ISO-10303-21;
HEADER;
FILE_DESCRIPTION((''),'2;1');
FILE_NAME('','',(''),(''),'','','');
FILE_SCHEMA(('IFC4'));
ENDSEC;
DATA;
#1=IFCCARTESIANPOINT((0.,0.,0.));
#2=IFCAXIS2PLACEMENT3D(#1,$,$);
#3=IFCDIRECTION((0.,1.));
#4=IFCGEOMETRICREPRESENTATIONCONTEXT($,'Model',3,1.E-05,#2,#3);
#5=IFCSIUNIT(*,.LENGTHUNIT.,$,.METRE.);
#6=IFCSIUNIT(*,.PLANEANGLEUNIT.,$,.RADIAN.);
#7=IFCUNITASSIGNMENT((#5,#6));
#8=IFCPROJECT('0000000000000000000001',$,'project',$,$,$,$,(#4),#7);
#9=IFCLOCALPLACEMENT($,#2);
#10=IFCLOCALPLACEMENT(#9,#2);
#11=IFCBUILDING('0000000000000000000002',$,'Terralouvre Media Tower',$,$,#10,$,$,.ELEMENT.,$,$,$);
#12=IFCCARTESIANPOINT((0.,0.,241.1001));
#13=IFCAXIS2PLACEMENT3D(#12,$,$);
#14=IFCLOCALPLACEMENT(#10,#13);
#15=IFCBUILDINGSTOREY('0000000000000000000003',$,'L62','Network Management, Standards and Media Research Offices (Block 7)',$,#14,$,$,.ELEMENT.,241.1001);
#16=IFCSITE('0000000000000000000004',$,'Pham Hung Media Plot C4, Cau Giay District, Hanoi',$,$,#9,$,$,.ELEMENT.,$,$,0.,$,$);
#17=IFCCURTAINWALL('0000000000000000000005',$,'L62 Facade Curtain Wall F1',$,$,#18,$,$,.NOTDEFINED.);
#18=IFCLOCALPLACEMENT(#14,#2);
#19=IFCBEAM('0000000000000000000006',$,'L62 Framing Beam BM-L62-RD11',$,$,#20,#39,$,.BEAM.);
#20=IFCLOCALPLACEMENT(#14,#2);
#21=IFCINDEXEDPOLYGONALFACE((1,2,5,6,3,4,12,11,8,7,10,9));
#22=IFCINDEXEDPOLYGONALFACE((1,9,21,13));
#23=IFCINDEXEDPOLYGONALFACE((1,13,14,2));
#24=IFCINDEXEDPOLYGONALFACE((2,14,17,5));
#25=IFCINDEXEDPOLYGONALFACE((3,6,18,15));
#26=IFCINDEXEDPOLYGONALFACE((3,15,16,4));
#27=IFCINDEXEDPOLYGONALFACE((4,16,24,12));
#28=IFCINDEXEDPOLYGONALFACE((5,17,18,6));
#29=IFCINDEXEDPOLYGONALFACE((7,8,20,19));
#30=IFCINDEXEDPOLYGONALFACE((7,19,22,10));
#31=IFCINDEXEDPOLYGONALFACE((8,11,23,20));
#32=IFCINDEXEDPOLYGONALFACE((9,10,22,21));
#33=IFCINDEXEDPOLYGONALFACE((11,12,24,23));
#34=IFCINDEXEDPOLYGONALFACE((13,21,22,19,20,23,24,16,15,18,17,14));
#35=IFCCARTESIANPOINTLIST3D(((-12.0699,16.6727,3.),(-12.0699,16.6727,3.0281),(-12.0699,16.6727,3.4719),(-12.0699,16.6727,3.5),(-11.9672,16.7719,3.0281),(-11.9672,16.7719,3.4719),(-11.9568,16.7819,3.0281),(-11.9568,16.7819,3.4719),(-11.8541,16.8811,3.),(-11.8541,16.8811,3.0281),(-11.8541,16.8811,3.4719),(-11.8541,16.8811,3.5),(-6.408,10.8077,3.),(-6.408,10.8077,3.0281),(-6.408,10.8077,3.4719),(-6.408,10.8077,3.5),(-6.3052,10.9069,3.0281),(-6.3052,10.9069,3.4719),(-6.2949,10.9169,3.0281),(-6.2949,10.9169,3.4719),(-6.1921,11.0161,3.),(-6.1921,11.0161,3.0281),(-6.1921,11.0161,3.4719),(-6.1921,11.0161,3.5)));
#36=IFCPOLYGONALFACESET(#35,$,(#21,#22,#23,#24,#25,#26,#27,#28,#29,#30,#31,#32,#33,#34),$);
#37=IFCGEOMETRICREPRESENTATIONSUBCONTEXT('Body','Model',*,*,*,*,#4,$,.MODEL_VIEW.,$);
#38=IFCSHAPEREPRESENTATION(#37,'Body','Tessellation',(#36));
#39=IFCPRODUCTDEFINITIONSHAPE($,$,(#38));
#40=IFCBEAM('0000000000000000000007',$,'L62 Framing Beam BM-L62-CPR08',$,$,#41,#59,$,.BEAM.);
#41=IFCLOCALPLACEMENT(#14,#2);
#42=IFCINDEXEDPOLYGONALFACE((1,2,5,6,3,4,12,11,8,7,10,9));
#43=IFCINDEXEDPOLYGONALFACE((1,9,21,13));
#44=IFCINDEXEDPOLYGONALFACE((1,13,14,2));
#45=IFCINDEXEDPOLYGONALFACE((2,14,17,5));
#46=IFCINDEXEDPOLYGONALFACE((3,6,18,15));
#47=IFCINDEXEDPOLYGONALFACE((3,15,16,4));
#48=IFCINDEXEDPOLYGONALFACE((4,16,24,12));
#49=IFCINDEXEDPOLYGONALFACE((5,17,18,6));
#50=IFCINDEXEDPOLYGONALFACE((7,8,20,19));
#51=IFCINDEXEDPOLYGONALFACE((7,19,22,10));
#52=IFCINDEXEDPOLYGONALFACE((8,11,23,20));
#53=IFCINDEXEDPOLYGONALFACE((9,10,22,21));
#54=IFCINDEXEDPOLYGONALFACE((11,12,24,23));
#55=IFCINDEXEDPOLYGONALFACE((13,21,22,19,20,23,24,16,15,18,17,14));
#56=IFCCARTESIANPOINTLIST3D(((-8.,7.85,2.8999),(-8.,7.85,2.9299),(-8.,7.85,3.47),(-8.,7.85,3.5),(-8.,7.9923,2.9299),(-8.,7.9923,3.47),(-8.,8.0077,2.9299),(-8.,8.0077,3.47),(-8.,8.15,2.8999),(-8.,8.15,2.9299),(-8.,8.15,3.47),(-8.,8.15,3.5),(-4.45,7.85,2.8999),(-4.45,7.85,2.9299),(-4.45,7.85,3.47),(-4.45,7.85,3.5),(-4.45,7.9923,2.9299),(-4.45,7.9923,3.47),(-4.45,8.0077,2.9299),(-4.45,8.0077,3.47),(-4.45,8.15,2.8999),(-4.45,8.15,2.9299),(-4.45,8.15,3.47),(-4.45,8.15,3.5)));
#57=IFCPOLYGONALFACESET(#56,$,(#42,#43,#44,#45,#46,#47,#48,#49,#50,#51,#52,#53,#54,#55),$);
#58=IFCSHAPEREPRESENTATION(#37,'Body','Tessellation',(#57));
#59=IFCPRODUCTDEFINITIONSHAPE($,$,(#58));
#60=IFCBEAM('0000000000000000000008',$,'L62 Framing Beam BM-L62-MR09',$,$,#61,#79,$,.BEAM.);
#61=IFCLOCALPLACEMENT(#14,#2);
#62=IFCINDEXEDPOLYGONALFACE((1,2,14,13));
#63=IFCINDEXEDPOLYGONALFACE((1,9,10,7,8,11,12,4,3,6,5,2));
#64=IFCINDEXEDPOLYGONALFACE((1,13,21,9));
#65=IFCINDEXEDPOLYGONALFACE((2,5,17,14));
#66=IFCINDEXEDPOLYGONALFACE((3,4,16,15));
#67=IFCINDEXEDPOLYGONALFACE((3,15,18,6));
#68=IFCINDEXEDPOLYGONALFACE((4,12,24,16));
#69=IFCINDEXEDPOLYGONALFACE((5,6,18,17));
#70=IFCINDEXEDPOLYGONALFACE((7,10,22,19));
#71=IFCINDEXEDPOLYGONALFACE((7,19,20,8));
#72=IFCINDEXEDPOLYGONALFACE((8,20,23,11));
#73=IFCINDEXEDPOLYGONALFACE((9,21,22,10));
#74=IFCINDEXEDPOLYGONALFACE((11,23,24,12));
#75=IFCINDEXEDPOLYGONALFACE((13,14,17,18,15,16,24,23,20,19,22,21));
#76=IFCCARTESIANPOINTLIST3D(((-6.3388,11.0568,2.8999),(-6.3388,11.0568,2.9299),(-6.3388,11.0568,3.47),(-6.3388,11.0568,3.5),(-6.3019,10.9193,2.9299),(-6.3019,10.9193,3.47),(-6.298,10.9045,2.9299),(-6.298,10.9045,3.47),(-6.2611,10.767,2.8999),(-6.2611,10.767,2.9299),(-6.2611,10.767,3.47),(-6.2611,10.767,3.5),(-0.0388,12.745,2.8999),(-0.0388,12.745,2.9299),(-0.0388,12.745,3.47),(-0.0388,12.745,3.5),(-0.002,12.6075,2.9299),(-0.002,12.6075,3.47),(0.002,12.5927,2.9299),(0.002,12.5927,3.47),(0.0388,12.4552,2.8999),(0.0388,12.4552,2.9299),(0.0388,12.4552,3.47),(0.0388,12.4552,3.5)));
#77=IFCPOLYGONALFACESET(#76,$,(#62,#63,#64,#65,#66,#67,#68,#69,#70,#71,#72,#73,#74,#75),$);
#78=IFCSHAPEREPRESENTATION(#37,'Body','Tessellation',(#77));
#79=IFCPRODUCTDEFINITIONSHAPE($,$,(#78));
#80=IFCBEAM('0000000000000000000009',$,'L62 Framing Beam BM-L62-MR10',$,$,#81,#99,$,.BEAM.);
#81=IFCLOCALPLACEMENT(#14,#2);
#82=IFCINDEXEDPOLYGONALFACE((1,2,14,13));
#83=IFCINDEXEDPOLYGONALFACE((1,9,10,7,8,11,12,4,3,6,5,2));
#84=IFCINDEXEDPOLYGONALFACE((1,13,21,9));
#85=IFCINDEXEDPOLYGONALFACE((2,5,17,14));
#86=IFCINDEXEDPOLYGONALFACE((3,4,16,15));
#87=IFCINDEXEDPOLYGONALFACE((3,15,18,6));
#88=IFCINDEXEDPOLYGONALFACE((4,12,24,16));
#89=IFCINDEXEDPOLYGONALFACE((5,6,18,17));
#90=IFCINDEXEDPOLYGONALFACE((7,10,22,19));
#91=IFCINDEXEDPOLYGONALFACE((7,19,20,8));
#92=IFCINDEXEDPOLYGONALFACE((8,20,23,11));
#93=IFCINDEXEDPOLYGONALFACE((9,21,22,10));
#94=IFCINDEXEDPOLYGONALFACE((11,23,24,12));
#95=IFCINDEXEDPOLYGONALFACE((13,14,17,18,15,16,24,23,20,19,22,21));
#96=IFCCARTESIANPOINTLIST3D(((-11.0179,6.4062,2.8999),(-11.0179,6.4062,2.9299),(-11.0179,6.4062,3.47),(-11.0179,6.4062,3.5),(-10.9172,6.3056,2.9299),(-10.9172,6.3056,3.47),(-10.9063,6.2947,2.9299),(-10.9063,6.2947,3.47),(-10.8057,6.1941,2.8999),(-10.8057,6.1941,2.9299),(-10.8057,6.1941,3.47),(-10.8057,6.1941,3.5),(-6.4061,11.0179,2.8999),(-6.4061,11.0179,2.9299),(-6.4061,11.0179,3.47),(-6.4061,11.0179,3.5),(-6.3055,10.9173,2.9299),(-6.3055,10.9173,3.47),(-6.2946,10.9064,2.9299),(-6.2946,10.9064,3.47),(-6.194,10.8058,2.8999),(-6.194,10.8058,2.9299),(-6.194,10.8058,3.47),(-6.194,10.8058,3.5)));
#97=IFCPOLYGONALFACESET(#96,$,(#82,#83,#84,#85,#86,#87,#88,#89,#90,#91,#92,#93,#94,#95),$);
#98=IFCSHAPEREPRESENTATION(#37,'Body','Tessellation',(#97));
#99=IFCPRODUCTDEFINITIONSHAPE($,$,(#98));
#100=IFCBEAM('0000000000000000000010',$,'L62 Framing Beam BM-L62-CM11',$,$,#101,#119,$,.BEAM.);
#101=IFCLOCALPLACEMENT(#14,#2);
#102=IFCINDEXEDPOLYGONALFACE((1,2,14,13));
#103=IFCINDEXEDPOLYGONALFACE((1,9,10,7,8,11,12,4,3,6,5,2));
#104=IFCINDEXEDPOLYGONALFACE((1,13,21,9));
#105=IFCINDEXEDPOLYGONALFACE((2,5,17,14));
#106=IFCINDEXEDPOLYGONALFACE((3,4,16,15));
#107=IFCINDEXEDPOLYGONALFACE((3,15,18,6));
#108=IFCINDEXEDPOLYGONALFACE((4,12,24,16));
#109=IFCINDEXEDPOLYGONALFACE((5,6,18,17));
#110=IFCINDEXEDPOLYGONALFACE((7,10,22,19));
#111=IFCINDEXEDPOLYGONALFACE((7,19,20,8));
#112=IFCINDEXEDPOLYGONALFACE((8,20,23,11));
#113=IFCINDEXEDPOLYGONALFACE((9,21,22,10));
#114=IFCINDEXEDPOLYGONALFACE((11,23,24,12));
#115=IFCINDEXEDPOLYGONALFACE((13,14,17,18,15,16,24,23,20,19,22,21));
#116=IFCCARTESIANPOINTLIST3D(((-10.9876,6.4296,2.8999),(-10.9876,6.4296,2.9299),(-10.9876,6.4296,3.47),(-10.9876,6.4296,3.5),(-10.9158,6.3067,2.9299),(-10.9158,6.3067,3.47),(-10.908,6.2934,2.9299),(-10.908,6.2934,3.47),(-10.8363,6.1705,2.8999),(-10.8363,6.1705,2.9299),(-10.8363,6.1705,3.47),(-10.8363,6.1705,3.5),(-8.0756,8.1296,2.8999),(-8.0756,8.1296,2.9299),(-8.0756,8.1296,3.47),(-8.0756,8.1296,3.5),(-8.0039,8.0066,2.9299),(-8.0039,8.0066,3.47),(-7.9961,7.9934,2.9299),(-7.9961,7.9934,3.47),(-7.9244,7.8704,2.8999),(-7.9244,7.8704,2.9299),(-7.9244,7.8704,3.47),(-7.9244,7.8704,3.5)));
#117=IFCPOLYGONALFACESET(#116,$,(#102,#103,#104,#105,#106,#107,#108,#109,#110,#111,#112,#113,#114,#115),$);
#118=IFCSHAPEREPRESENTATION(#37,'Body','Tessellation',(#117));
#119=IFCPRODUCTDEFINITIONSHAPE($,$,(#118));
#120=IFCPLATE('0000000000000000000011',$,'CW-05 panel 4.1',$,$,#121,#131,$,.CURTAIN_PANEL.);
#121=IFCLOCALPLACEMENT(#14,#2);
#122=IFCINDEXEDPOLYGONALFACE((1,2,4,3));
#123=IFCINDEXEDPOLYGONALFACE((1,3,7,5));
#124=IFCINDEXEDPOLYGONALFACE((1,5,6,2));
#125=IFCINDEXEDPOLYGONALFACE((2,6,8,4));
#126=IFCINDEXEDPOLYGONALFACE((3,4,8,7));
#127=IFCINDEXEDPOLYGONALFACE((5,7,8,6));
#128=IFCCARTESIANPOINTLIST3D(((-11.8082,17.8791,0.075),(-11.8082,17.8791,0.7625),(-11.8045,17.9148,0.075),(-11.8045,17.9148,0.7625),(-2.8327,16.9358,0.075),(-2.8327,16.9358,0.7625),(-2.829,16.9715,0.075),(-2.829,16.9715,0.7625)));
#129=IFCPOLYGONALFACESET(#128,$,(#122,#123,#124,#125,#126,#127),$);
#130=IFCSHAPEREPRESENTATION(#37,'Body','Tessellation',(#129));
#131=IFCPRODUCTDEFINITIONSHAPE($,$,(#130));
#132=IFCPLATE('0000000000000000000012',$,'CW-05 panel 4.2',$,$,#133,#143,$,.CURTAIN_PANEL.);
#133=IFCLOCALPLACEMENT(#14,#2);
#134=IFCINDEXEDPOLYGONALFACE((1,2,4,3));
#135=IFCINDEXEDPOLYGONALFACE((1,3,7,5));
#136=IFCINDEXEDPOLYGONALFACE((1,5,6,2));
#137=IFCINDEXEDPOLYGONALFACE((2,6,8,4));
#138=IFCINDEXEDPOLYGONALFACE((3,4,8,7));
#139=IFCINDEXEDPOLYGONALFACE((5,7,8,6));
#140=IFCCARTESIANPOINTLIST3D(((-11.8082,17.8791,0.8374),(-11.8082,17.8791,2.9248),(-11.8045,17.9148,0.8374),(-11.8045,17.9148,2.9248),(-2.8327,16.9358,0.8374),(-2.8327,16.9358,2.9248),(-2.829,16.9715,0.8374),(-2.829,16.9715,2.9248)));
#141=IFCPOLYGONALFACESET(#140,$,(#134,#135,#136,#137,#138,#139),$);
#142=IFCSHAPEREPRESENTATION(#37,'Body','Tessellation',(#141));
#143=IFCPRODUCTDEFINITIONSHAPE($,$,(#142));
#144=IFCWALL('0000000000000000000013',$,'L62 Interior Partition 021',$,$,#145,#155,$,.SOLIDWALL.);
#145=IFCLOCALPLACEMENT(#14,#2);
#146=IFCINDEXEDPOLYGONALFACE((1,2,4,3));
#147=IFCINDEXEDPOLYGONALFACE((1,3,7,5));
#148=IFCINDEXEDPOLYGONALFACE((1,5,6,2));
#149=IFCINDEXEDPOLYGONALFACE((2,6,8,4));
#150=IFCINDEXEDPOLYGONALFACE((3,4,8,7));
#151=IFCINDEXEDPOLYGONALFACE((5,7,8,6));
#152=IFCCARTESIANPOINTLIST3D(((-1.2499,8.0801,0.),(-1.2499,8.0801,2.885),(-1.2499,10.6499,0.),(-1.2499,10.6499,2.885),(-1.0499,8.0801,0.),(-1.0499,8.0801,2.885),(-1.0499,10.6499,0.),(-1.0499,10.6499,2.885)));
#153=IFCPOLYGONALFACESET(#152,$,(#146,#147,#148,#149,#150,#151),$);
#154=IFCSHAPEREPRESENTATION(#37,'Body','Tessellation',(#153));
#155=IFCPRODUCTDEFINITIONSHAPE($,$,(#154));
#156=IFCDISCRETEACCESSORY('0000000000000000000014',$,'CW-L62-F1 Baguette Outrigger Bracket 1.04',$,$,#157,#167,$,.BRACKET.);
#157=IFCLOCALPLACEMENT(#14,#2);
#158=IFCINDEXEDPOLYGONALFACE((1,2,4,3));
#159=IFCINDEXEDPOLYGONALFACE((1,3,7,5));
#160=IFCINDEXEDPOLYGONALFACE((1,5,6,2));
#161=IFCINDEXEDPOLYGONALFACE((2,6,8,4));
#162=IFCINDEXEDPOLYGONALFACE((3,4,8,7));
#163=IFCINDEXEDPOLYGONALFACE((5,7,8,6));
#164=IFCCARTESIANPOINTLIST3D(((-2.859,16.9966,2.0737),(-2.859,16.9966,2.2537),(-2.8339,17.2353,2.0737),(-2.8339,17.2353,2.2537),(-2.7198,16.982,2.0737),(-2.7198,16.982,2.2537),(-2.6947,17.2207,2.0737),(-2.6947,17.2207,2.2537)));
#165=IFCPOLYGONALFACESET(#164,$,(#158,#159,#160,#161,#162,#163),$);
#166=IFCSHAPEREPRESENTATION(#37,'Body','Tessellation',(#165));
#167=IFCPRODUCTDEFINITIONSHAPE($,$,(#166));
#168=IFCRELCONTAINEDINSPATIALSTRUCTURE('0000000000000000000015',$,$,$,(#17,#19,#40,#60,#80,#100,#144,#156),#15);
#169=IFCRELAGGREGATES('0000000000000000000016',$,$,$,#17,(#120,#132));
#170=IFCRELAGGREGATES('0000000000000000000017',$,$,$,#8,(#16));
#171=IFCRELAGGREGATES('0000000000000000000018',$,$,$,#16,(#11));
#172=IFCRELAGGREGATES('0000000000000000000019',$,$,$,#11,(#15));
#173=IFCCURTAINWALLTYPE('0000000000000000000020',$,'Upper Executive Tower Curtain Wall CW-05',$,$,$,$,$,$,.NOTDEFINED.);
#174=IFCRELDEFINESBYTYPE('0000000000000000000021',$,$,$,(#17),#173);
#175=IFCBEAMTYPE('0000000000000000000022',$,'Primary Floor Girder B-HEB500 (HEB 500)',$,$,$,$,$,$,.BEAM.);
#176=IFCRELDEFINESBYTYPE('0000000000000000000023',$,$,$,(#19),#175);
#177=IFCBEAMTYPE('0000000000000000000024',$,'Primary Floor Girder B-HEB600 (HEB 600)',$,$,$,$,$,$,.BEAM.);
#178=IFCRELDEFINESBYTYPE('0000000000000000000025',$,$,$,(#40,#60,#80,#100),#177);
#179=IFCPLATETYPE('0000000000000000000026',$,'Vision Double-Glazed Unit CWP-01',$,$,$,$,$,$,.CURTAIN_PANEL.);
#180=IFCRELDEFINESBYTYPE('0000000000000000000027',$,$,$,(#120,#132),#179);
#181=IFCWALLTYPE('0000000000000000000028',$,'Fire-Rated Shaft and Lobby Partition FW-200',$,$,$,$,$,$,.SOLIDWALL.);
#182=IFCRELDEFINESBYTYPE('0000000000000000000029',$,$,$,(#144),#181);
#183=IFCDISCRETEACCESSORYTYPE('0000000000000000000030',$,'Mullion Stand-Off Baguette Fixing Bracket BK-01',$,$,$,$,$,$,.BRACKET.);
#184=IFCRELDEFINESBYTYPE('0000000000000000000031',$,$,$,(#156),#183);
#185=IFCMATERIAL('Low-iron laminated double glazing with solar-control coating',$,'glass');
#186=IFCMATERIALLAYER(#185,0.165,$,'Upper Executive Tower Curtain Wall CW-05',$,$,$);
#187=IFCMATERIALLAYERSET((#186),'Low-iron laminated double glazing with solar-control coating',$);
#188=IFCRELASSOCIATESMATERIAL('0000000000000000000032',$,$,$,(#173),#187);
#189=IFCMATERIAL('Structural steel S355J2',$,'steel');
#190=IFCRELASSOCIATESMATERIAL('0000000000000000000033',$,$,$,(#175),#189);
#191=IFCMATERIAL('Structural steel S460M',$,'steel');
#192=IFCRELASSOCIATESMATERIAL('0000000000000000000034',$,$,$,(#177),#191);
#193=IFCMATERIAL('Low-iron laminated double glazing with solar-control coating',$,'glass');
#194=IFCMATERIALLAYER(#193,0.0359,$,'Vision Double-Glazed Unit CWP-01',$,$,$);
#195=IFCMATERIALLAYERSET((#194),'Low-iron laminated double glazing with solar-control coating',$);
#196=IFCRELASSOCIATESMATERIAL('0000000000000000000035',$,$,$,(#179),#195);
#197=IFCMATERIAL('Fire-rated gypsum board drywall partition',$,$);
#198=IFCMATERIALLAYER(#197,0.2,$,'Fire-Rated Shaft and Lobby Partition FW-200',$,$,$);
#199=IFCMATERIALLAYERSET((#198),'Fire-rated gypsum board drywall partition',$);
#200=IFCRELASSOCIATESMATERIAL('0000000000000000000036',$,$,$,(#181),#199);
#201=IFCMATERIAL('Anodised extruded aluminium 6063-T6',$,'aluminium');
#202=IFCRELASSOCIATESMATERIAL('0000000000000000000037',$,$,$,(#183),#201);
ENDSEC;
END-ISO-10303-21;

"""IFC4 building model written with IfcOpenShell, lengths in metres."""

from ifc_helpers import new_model, si_unit, direction, frame, frame_2d, origin, origin_2d, place, context, subcontext, project, spatial, rectangle, i_section, extrude, material, layer, layer_set, material_profile, profile_set, type_object, element, aggregate, save


model = new_model("IFC4")

# Units and contexts
model_context = context("Model", 3, precision=1e-05, world=origin(), true_north=direction((0.0, 1.0)))
body_context = subcontext(model_context, "Body", "Model", "MODEL_VIEW")
ifc_project = project(units=[si_unit("LENGTHUNIT", "METRE"), si_unit("PLANEANGLEUNIT", "RADIAN")], contexts=[model_context])

# Site, building, storey
site_placement = place(None, origin())
site = spatial("IfcSite", under=ifc_project, at=site_placement, Name="Pham Hung Media Plot C4, Cau Giay District, Hanoi", CompositionType="ELEMENT", RefElevation=0.0)
building_placement = place(site_placement, origin())
building = spatial("IfcBuilding", under=site, at=building_placement, Name="Terralouvre Media Tower", CompositionType="ELEMENT")
storey_placement = place(building_placement, frame((0.0, 0.0, 241.1001)))
storey = spatial("IfcBuildingStorey", under=building, at=storey_placement, Name="L62", Description="Network Management, Standards and Media Research Offices (Block 7)", CompositionType="ELEMENT", Elevation=241.1001)

# Curtain wall
ifc_material_1 = material(Name="Low-iron laminated double glazing with solar-control coating", Category="glass")
ifc_layer_1 = layer(ifc_material_1, 0.165, Name="Upper Executive Tower Curtain Wall CW-05")
ifc_layer_set_1 = layer_set([ifc_layer_1], Name="Low-iron laminated double glazing with solar-control coating")
curtain_wall_type = type_object("IfcCurtainWallType", Name="Upper Executive Tower Curtain Wall CW-05", PredefinedType="NOTDEFINED", material=ifc_layer_set_1)
curtain_wall_placement = place(storey_placement, origin())
curtain_wall = element("IfcCurtainWall", 1, at=curtain_wall_placement, inside=storey, type_object=curtain_wall_type, Name="L62 Facade Curtain Wall F1", PredefinedType="NOTDEFINED")

# Beams
ifc_material_2 = material(Name="Structural steel S355J2", Category="steel")
ifc_material_profile_1 = material_profile(ifc_material_2, i_section(OverallWidth=0.3, OverallDepth=0.5, WebThickness=0.0144, FlangeThickness=0.0281, at=origin_2d()), Name="HEB 500")
ifc_profile_set_1 = profile_set([ifc_material_profile_1], Name="Structural steel S355J2")
beam_type_1 = type_object("IfcBeamType", Name="Primary Floor Girder B-HEB500 (HEB 500)", PredefinedType="BEAM", material=ifc_profile_set_1)
beam_1_placement = place(storey_placement, frame((-6.3, 10.9119, 3.25), z_axis=(-0.694538, 0.719456, 0.0), x_axis=(-0.719456, -0.694538, 0.0)))
element("IfcBeam", 2, at=beam_1_placement, inside=storey, type_object=beam_type_1, Name="L62 Framing Beam BM-L62-RD11", PredefinedType="BEAM", context=body_context, shape_type="SweptSolid", body=[
    extrude(i_section(OverallWidth=0.3, OverallDepth=0.5, WebThickness=0.0144, FlangeThickness=0.0281, at=origin_2d()), origin(), (0.0, 0.0, 1.0), 8.1521),
])
ifc_material_3 = material(Name="Structural steel S460M", Category="steel")
ifc_material_profile_2 = material_profile(ifc_material_3, i_section(OverallWidth=0.3, OverallDepth=0.6001, WebThickness=0.0154, FlangeThickness=0.03, at=origin_2d()), Name="HEB 600")
ifc_profile_set_2 = profile_set([ifc_material_profile_2], Name="Structural steel S460M")
beam_type_2 = type_object("IfcBeamType", Name="Primary Floor Girder B-HEB600 (HEB 600)", PredefinedType="BEAM", material=ifc_profile_set_2)
beam_2_placement = place(storey_placement, frame((-4.45, 8.0, 3.2), z_axis=(-1.0, 0.0, 0.0), x_axis=(0.0, -1.0, 0.0)))
element("IfcBeam", 3, at=beam_2_placement, inside=storey, type_object=beam_type_2, Name="L62 Framing Beam BM-L62-CPR08", PredefinedType="BEAM", context=body_context, shape_type="SweptSolid", body=[
    extrude(i_section(OverallWidth=0.3, OverallDepth=0.6001, WebThickness=0.0154, FlangeThickness=0.03, at=origin_2d()), origin(), (0.0, 0.0, 1.0), 3.55),
])
beam_3_placement = place(storey_placement, frame((0.0, 12.6001, 3.2), z_axis=(-0.96592, -0.258839, 0.0), x_axis=(0.258839, -0.96592, 0.0)))
element("IfcBeam", 4, at=beam_3_placement, inside=storey, type_object=beam_type_2, Name="L62 Framing Beam BM-L62-MR09", PredefinedType="BEAM", context=body_context, shape_type="SweptSolid", body=[
    extrude(i_section(OverallWidth=0.3, OverallDepth=0.6001, WebThickness=0.0154, FlangeThickness=0.03, at=origin_2d()), origin(), (0.0, 0.0, 1.0), 6.5222),
])
beam_4_placement = place(storey_placement, frame((-6.3, 10.9119, 3.2), z_axis=(-0.707107, -0.707107, 0.0), x_axis=(0.707107, -0.707107, 0.0)))
element("IfcBeam", 5, at=beam_4_placement, inside=storey, type_object=beam_type_2, Name="L62 Framing Beam BM-L62-MR10", PredefinedType="BEAM", context=body_context, shape_type="SweptSolid", body=[
    extrude(i_section(OverallWidth=0.3, OverallDepth=0.6001, WebThickness=0.0154, FlangeThickness=0.03, at=origin_2d()), origin(), (0.0, 0.0, 1.0), 6.522),
])
beam_5_placement = place(storey_placement, frame((-8.0, 8.0, 3.2), z_axis=(-0.863603, -0.504173, 0.0), x_axis=(0.504173, -0.863603, 0.0)))
element("IfcBeam", 6, at=beam_5_placement, inside=storey, type_object=beam_type_2, Name="L62 Framing Beam BM-L62-CM11", PredefinedType="BEAM", context=body_context, shape_type="SweptSolid", body=[
    extrude(i_section(OverallWidth=0.3, OverallDepth=0.6001, WebThickness=0.0154, FlangeThickness=0.03, at=origin_2d()), origin(), (0.0, 0.0, 1.0), 3.3718),
])

# Plates
ifc_material_4 = material(Name="Low-iron laminated double glazing with solar-control coating", Category="glass")
ifc_layer_2 = layer(ifc_material_4, 0.0359, Name="Vision Double-Glazed Unit CWP-01")
ifc_layer_set_2 = layer_set([ifc_layer_2], Name="Low-iron laminated double glazing with solar-control coating")
plate_type = type_object("IfcPlateType", Name="Vision Double-Glazed Unit CWP-01", PredefinedType="CURTAIN_PANEL", material=ifc_layer_set_2)
plate_1_placement = place(storey_placement, frame((-7.3186, 17.4253, 0.075), z_axis=(0.0, 0.0, 1.0), x_axis=(-0.994522, 0.104529, 0.0)))
plate_1 = element("IfcPlate", 7, at=plate_1_placement, type_object=plate_type, Name="CW-05 panel 4.1", PredefinedType="CURTAIN_PANEL", context=body_context, shape_type="SweptSolid", body=[
    extrude(rectangle(XDim=9.0249, YDim=0.0359, at=origin_2d()), origin(), (0.0, 0.0, 1.0), 0.6875),
])
plate_2_placement = place(storey_placement, frame((-7.3186, 17.4253, 0.8374), z_axis=(0.0, 0.0, 1.0), x_axis=(-0.994522, 0.104529, 0.0)))
plate_2 = element("IfcPlate", 8, at=plate_2_placement, type_object=plate_type, Name="CW-05 panel 4.2", PredefinedType="CURTAIN_PANEL", context=body_context, shape_type="SweptSolid", body=[
    extrude(rectangle(XDim=9.0249, YDim=0.0359, at=origin_2d()), origin(), (0.0, 0.0, 1.0), 2.0874),
])
aggregate(curtain_wall, [plate_1, plate_2])

# Wall
ifc_material_5 = material(Name="Fire-rated gypsum board drywall partition")
ifc_layer_3 = layer(ifc_material_5, 0.2, Name="Fire-Rated Shaft and Lobby Partition FW-200")
ifc_layer_set_3 = layer_set([ifc_layer_3], Name="Fire-rated gypsum board drywall partition")
wall_type_1 = type_object("IfcWallType", Name="Fire-Rated Shaft and Lobby Partition FW-200", PredefinedType="SOLIDWALL", material=ifc_layer_set_3)
wall_1_placement = place(storey_placement, frame((-1.1499, 10.6499, 0.0), z_axis=(0.0, 0.0, 1.0), x_axis=(0.0, -1.0, 0.0)))
element("IfcWall", 9, at=wall_1_placement, inside=storey, type_object=wall_type_1, Name="L62 Interior Partition 021", PredefinedType="SOLIDWALL", context=body_context, shape_type="SweptSolid", body=[
    extrude(rectangle(XDim=2.5698, YDim=0.2, at=frame_2d((1.2849, 0.0))), origin(), (0.0, 0.0, 1.0), 2.885),
])

# Discrete accessory
ifc_material_6 = material(Name="Anodised extruded aluminium 6063-T6", Category="aluminium")
discrete_accessory_type = type_object("IfcDiscreteAccessoryType", Name="Mullion Stand-Off Baguette Fixing Bracket BK-01", PredefinedType="BRACKET", material=ifc_material_6)
discrete_accessory_placement = place(storey_placement, frame((-2.7769, 17.1086, 2.0737), z_axis=(0.0, 0.0, 1.0), x_axis=(-0.994522, 0.104529, 0.0)))
element("IfcDiscreteAccessory", 10, at=discrete_accessory_placement, inside=storey, type_object=discrete_accessory_type, Name="CW-L62-F1 Baguette Outrigger Bracket 1.04", PredefinedType="BRACKET", context=body_context, shape_type="SweptSolid", body=[
    extrude(rectangle(XDim=0.1399, YDim=0.24, at=origin_2d()), origin(), (0.0, 0.0, 1.0), 0.1799),
])

save(model, "model.ifc")
